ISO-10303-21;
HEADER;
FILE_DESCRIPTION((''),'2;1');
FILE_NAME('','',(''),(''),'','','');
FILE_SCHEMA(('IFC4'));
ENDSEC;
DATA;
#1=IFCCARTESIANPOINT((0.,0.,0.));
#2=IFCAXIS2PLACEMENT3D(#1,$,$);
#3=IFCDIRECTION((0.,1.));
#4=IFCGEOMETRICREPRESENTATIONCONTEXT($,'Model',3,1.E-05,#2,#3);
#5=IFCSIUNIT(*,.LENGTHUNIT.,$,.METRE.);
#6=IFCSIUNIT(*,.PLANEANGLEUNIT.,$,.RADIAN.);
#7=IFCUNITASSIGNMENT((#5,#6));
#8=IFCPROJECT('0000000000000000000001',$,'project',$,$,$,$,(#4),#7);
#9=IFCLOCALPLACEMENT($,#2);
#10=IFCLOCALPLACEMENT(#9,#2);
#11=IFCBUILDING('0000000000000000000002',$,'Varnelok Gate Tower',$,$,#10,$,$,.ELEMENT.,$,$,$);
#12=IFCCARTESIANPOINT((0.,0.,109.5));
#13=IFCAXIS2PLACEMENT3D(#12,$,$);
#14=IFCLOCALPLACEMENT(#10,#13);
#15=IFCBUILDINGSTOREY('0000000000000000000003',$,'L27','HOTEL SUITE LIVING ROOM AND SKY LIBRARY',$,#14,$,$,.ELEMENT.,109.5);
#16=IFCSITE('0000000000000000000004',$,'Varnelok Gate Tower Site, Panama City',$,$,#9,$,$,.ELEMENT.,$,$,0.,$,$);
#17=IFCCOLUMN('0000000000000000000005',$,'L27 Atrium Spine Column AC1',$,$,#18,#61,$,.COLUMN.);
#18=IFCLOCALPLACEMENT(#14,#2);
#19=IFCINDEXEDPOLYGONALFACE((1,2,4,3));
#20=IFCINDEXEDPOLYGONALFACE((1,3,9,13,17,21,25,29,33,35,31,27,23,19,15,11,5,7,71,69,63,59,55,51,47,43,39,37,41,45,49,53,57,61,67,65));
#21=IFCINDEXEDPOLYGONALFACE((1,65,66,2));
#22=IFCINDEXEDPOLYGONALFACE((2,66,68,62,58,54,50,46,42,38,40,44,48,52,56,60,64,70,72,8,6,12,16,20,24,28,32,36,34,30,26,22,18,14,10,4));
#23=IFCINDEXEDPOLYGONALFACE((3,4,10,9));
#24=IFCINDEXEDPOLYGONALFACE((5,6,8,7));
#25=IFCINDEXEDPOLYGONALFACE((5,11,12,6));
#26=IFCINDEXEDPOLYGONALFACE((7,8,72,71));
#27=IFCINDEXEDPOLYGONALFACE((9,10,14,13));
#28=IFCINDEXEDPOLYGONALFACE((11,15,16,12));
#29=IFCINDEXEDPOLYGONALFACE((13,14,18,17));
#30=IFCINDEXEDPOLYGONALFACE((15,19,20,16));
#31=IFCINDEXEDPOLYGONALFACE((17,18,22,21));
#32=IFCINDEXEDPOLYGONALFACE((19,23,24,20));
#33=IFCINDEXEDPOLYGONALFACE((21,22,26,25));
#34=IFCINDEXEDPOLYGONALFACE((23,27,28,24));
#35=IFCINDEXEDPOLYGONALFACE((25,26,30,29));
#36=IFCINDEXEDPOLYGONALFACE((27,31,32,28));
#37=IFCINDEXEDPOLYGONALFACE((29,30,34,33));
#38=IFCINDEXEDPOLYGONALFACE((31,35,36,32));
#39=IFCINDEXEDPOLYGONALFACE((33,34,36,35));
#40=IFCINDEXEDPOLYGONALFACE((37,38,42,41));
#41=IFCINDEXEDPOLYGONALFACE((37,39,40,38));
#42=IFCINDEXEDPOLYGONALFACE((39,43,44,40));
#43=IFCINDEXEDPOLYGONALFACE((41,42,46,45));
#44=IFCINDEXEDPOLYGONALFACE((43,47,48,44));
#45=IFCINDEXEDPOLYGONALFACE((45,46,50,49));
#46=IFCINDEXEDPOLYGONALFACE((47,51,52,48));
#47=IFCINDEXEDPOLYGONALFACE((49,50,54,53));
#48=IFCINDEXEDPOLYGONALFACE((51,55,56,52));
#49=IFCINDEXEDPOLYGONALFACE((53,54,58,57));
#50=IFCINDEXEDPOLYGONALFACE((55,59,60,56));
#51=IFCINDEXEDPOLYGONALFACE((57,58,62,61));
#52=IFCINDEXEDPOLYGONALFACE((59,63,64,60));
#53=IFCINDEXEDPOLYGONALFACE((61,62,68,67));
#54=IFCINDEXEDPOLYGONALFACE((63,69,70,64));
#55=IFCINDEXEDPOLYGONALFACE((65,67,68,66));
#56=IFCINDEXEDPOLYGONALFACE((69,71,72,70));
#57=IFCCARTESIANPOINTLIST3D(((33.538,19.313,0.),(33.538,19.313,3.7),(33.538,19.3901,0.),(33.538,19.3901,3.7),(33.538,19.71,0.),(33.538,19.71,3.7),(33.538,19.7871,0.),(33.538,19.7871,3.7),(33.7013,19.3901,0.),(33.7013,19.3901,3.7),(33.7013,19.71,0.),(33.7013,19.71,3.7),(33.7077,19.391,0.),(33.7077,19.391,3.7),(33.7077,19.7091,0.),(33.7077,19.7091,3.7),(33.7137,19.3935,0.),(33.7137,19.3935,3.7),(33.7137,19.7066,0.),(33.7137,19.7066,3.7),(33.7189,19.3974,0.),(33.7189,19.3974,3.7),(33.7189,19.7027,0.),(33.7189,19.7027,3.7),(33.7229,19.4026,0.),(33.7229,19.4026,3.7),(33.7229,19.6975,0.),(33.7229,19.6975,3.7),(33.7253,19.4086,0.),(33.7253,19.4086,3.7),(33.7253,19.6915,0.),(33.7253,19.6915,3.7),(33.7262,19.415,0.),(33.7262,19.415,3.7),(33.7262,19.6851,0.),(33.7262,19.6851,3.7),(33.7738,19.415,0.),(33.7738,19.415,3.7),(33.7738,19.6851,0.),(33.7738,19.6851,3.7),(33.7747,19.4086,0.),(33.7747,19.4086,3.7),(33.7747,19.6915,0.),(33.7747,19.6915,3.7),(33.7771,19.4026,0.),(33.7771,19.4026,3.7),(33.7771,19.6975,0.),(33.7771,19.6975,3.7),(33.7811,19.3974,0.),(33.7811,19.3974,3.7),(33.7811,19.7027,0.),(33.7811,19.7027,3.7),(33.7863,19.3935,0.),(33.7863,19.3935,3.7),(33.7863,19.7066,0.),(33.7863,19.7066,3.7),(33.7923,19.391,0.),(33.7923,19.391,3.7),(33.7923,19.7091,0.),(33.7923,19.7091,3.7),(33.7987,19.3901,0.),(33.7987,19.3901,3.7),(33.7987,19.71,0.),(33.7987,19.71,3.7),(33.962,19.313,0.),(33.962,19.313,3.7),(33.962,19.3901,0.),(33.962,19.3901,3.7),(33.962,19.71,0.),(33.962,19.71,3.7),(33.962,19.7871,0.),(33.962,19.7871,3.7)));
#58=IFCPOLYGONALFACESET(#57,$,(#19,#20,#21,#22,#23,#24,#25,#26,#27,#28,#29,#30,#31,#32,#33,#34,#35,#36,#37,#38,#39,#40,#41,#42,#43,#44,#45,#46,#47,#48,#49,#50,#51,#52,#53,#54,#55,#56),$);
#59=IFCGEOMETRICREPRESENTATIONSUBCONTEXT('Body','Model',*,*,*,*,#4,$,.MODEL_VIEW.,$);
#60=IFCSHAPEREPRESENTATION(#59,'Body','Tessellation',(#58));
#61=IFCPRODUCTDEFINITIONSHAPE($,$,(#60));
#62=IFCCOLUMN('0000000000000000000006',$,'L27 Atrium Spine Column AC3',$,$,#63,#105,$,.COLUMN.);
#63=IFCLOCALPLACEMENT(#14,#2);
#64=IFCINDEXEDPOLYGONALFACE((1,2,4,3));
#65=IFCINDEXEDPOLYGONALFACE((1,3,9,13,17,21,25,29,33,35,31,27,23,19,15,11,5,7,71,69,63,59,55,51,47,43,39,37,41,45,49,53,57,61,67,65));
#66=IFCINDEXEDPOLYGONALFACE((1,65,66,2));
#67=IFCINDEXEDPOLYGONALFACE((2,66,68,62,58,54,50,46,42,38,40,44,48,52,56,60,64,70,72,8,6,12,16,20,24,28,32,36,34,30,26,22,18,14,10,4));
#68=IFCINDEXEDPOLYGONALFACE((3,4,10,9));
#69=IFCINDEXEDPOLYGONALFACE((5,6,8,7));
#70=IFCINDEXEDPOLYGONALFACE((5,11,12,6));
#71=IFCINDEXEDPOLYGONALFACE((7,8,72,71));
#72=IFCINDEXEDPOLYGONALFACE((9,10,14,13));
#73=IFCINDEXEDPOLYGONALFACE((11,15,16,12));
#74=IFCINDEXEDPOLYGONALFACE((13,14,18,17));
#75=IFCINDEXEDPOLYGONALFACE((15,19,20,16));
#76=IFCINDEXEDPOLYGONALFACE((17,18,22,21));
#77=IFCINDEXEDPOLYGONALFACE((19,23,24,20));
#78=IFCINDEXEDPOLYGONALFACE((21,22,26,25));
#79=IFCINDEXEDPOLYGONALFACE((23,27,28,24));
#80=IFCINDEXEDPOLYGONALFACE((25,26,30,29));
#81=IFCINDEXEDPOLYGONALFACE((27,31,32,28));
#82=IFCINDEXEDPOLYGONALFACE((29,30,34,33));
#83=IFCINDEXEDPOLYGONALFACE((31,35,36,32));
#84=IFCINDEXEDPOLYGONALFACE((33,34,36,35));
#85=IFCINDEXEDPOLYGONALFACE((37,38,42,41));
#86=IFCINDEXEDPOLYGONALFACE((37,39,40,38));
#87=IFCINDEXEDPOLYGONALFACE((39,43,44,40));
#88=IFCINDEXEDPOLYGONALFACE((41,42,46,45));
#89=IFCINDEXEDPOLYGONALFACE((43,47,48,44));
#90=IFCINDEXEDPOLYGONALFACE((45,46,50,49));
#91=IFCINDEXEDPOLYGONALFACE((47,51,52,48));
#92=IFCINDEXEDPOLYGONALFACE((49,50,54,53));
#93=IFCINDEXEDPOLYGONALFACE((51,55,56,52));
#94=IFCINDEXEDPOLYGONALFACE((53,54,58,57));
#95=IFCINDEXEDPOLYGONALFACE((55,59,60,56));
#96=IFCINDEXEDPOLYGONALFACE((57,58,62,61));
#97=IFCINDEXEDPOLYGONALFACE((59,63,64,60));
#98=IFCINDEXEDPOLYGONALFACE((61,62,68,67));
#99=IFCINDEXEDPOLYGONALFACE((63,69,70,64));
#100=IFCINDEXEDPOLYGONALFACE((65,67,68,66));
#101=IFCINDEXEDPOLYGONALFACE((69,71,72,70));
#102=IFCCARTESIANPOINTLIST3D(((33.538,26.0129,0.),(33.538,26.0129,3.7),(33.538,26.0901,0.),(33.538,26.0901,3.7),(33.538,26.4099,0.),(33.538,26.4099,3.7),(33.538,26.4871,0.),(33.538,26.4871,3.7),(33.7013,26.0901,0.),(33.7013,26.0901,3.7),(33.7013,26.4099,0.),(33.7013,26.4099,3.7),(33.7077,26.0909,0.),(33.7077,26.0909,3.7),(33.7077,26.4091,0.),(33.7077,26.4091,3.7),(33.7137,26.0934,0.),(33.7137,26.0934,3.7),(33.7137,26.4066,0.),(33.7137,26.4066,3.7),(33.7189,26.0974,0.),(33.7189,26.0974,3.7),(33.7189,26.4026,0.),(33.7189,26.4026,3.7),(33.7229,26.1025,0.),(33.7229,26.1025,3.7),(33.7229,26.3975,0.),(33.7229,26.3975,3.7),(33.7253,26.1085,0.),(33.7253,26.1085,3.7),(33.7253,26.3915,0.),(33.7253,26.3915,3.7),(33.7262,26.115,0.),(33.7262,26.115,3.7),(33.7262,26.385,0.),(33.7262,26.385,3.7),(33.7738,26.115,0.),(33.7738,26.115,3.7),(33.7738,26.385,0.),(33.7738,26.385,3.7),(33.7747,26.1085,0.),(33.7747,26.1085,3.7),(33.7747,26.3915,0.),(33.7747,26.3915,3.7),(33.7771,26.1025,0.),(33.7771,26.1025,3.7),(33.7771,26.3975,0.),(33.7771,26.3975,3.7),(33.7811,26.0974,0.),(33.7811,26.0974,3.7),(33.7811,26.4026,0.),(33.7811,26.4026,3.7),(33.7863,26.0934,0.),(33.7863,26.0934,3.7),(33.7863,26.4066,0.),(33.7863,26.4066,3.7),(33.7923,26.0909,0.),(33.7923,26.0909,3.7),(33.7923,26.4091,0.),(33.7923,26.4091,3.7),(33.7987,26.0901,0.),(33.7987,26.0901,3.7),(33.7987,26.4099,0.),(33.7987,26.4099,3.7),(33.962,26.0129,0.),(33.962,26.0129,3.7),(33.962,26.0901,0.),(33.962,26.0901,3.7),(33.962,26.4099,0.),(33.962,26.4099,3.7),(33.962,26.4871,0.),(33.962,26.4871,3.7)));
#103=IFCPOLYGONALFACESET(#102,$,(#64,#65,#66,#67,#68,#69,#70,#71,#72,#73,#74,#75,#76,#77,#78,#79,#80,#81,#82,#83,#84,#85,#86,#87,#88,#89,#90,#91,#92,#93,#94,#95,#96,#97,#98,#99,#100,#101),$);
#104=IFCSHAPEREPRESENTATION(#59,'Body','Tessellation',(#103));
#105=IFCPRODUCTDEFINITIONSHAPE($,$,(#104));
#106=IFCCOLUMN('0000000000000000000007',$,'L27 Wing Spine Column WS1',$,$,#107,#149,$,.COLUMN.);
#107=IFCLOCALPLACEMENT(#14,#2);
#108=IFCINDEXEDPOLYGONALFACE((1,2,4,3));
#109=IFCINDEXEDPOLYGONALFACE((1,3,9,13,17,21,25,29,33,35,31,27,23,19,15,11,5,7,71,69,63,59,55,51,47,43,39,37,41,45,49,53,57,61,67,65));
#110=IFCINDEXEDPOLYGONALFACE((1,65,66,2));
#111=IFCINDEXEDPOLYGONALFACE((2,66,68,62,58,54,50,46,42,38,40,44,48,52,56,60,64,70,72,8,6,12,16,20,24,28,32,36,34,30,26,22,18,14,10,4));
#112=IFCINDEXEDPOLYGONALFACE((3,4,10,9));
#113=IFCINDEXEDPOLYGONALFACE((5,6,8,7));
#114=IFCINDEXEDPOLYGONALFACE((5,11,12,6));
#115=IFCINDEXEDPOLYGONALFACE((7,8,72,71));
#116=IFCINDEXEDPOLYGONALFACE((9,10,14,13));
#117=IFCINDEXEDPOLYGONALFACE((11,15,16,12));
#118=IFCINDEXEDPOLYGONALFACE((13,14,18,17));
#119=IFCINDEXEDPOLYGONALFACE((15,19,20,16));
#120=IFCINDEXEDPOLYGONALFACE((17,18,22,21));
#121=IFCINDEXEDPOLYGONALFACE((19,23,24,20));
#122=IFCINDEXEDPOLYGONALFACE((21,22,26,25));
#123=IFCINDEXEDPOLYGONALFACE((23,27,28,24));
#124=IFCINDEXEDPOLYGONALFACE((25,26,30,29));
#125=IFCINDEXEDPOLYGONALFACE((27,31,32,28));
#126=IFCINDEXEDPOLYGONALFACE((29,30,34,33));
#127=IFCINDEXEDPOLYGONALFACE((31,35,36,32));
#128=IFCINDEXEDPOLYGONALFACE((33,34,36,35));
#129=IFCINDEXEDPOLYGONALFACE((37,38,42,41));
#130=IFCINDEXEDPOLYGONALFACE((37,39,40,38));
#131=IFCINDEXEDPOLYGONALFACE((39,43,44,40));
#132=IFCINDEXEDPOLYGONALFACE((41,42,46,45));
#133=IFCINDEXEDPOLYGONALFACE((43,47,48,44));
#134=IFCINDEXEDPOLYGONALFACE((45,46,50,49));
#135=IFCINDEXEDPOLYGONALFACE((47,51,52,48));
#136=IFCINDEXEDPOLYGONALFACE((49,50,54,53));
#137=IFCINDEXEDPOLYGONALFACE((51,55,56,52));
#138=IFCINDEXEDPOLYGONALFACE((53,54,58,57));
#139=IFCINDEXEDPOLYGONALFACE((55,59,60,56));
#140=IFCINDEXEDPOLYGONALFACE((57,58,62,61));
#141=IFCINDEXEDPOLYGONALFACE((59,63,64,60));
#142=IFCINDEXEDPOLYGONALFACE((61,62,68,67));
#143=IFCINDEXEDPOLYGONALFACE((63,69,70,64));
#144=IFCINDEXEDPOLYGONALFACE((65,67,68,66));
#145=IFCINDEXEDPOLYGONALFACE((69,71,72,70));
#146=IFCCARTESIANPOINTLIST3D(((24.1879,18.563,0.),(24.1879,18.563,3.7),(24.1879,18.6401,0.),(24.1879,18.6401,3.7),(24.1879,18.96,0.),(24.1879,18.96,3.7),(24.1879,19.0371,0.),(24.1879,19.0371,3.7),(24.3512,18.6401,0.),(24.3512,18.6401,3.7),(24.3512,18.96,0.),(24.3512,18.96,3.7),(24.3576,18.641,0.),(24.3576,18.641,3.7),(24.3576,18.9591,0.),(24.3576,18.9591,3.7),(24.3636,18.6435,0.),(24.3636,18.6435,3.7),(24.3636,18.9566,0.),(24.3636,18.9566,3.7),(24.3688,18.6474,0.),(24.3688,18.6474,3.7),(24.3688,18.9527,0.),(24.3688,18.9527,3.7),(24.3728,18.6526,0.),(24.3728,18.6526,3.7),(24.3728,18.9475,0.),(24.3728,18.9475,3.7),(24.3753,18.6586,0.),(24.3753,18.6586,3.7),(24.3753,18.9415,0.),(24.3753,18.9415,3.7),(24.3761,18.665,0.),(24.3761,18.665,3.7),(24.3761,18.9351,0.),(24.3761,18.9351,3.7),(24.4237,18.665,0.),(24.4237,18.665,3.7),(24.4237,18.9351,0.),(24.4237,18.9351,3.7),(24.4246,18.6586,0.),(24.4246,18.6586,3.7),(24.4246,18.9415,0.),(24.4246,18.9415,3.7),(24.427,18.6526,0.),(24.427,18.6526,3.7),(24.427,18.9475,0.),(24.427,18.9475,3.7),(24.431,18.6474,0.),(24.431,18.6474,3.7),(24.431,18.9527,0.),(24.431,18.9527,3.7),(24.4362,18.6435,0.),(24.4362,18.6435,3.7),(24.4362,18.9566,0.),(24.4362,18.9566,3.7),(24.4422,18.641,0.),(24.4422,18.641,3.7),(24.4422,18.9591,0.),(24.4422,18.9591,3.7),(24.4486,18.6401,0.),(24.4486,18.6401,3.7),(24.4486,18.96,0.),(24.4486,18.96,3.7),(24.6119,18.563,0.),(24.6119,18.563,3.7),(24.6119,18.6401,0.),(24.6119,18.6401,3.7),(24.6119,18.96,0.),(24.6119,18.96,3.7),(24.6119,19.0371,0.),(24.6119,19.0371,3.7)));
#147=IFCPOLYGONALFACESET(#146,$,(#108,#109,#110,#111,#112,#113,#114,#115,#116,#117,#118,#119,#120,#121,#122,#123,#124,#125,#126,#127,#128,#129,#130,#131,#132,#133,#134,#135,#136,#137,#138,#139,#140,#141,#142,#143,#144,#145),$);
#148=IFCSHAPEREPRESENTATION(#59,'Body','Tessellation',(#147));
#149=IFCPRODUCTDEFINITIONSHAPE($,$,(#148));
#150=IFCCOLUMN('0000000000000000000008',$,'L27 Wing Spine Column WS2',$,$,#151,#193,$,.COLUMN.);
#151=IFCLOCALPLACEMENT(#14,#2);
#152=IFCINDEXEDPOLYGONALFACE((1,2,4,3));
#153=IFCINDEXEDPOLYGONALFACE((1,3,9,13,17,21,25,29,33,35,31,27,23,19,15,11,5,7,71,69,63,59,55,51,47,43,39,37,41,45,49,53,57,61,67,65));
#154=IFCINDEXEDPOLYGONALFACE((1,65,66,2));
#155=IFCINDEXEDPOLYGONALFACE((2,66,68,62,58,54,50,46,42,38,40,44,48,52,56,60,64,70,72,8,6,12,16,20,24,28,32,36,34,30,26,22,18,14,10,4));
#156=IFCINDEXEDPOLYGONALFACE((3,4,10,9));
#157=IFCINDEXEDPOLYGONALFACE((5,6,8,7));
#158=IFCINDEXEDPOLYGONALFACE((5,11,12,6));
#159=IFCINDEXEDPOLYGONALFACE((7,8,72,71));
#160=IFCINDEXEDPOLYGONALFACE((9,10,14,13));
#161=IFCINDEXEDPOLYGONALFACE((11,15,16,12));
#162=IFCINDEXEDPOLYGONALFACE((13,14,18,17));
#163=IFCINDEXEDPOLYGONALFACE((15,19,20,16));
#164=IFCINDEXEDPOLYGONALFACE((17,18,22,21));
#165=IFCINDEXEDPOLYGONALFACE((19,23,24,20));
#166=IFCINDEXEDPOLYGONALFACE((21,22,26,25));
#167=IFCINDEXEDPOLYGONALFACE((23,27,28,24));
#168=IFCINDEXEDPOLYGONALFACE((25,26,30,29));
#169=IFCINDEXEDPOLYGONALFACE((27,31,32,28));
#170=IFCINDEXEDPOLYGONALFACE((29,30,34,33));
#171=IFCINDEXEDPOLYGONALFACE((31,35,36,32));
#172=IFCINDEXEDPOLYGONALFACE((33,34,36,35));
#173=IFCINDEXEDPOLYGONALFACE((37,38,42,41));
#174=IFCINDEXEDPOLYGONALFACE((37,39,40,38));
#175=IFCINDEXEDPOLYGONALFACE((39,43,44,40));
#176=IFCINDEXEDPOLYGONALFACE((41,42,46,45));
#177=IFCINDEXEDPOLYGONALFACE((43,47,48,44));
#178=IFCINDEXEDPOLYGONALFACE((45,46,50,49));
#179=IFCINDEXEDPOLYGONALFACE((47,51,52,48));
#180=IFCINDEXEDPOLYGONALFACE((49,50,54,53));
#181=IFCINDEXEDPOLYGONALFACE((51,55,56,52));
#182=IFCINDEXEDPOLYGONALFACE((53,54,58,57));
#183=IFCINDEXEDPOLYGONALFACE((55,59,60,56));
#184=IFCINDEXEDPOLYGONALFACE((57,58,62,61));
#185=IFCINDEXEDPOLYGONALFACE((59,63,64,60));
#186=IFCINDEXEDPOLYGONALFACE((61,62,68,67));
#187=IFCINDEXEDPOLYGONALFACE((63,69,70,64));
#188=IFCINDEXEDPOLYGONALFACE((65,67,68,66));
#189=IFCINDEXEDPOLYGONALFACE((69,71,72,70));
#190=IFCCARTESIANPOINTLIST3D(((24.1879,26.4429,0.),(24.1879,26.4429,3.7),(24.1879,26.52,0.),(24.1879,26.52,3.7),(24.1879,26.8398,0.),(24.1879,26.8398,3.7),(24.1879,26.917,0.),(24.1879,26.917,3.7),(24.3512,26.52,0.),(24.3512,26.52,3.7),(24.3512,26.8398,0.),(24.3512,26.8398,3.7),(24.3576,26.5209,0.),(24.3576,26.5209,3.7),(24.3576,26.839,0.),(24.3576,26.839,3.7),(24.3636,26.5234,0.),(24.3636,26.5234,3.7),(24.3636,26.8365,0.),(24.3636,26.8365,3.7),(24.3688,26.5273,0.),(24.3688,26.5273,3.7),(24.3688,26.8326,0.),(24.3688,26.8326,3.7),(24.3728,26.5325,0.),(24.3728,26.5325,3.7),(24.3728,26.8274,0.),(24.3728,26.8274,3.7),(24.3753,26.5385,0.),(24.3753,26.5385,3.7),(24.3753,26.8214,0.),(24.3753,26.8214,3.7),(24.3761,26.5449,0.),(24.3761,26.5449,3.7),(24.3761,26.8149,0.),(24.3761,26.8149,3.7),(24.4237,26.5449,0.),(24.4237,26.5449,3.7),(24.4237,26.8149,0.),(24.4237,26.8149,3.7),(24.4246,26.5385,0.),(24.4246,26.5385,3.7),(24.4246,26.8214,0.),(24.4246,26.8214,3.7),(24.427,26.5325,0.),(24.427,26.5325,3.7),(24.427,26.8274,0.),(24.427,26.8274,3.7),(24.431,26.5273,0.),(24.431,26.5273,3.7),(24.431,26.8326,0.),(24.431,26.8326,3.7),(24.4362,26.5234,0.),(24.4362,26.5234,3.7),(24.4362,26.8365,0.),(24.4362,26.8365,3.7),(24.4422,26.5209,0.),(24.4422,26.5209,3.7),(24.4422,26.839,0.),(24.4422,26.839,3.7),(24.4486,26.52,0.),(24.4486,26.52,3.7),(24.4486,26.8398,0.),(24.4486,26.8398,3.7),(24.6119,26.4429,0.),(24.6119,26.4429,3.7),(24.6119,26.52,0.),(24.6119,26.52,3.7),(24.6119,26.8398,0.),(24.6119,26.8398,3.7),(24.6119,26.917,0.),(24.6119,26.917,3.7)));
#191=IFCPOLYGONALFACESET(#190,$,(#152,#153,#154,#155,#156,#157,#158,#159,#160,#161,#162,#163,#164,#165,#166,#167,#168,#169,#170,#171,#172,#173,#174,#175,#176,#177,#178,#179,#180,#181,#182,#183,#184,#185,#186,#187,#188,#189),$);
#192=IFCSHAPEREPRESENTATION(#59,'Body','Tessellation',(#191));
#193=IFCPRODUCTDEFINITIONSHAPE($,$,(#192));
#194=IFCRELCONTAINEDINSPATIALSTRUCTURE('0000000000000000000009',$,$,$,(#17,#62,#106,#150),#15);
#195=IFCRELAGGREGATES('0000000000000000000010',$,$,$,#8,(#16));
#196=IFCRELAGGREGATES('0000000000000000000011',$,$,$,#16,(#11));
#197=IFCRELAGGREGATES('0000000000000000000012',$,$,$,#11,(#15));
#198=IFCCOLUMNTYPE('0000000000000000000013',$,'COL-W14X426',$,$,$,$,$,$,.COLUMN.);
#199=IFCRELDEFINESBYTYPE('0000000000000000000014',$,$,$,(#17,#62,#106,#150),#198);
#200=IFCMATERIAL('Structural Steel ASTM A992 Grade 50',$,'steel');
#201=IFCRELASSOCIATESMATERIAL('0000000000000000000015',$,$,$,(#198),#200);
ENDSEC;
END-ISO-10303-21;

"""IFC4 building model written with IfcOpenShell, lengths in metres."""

from ifc_helpers import new_model, si_unit, direction, frame, origin, origin_2d, place, context, subcontext, project, spatial, i_section, extrude, material, material_profile, profile_set, type_object, element, save


model = new_model("IFC4")

# Units and contexts
model_context = context("Model", 3, precision=1e-05, world=origin(), true_north=direction((0.0, 1.0)))
body_context = subcontext(model_context, "Body", "Model", "MODEL_VIEW")
ifc_project = project(units=[si_unit("LENGTHUNIT", "METRE"), si_unit("PLANEANGLEUNIT", "RADIAN")], contexts=[model_context])

# Site, building, storey
site_placement = place(None, origin())
site = spatial("IfcSite", under=ifc_project, at=site_placement, Name="Varnelok Gate Tower Site, Panama City", CompositionType="ELEMENT", RefElevation=0.0)
building_placement = place(site_placement, origin())
building = spatial("IfcBuilding", under=site, at=building_placement, Name="Varnelok Gate Tower", CompositionType="ELEMENT")
storey_placement = place(building_placement, frame((0.0, 0.0, 109.5)))
storey = spatial("IfcBuildingStorey", under=building, at=storey_placement, Name="L27", Description="HOTEL SUITE LIVING ROOM AND SKY LIBRARY", CompositionType="ELEMENT", Elevation=109.5)

# Columns
ifc_material_1 = material(Name="Structural Steel ASTM A992 Grade 50", Category="steel")
ifc_material_profile_1 = material_profile(ifc_material_1, i_section(OverallWidth=0.4241, OverallDepth=0.4741, WebThickness=0.0476, FlangeThickness=0.0771, FilletRadius=0.0249, at=origin_2d()), Name="W14X426")
ifc_profile_set_1 = profile_set([ifc_material_profile_1], Name="Structural Steel ASTM A992 Grade 50")
column_type = type_object("IfcColumnType", Name="COL-W14X426", PredefinedType="COLUMN", material=ifc_profile_set_1)
for number, where, z_axis, x_axis, name in (
    (1, (33.75, 19.55, 0.0), (0.0, 0.0, 1.0), (1.0, 0.0, 0.0), "L27 Atrium Spine Column AC1"),
    (2, (33.75, 26.25, 0.0), (0.0, 0.0, 1.0), (1.0, 0.0, 0.0), "L27 Atrium Spine Column AC3"),
    (3, (24.3999, 18.8, 0.0), (0.0, 0.0, 1.0), (1.0, 0.0, 0.0), "L27 Wing Spine Column WS1"),
    (4, (24.3999, 26.6799, 0.0), (0.0, 0.0, 1.0), (1.0, 0.0, 0.0), "L27 Wing Spine Column WS2"),
):
    element("IfcColumn", number, at=place(storey_placement, frame(where, z_axis=z_axis, x_axis=x_axis)), inside=storey, type_object=column_type, Name=name, PredefinedType="COLUMN", context=body_context, shape_type="SweptSolid", body=[
        extrude(i_section(OverallWidth=0.4241, OverallDepth=0.4741, WebThickness=0.0476, FlangeThickness=0.0771, FilletRadius=0.0249, at=origin_2d()), origin(), (0.0, 0.0, 1.0), 3.7),
    ])

save(model, "model.ifc")
